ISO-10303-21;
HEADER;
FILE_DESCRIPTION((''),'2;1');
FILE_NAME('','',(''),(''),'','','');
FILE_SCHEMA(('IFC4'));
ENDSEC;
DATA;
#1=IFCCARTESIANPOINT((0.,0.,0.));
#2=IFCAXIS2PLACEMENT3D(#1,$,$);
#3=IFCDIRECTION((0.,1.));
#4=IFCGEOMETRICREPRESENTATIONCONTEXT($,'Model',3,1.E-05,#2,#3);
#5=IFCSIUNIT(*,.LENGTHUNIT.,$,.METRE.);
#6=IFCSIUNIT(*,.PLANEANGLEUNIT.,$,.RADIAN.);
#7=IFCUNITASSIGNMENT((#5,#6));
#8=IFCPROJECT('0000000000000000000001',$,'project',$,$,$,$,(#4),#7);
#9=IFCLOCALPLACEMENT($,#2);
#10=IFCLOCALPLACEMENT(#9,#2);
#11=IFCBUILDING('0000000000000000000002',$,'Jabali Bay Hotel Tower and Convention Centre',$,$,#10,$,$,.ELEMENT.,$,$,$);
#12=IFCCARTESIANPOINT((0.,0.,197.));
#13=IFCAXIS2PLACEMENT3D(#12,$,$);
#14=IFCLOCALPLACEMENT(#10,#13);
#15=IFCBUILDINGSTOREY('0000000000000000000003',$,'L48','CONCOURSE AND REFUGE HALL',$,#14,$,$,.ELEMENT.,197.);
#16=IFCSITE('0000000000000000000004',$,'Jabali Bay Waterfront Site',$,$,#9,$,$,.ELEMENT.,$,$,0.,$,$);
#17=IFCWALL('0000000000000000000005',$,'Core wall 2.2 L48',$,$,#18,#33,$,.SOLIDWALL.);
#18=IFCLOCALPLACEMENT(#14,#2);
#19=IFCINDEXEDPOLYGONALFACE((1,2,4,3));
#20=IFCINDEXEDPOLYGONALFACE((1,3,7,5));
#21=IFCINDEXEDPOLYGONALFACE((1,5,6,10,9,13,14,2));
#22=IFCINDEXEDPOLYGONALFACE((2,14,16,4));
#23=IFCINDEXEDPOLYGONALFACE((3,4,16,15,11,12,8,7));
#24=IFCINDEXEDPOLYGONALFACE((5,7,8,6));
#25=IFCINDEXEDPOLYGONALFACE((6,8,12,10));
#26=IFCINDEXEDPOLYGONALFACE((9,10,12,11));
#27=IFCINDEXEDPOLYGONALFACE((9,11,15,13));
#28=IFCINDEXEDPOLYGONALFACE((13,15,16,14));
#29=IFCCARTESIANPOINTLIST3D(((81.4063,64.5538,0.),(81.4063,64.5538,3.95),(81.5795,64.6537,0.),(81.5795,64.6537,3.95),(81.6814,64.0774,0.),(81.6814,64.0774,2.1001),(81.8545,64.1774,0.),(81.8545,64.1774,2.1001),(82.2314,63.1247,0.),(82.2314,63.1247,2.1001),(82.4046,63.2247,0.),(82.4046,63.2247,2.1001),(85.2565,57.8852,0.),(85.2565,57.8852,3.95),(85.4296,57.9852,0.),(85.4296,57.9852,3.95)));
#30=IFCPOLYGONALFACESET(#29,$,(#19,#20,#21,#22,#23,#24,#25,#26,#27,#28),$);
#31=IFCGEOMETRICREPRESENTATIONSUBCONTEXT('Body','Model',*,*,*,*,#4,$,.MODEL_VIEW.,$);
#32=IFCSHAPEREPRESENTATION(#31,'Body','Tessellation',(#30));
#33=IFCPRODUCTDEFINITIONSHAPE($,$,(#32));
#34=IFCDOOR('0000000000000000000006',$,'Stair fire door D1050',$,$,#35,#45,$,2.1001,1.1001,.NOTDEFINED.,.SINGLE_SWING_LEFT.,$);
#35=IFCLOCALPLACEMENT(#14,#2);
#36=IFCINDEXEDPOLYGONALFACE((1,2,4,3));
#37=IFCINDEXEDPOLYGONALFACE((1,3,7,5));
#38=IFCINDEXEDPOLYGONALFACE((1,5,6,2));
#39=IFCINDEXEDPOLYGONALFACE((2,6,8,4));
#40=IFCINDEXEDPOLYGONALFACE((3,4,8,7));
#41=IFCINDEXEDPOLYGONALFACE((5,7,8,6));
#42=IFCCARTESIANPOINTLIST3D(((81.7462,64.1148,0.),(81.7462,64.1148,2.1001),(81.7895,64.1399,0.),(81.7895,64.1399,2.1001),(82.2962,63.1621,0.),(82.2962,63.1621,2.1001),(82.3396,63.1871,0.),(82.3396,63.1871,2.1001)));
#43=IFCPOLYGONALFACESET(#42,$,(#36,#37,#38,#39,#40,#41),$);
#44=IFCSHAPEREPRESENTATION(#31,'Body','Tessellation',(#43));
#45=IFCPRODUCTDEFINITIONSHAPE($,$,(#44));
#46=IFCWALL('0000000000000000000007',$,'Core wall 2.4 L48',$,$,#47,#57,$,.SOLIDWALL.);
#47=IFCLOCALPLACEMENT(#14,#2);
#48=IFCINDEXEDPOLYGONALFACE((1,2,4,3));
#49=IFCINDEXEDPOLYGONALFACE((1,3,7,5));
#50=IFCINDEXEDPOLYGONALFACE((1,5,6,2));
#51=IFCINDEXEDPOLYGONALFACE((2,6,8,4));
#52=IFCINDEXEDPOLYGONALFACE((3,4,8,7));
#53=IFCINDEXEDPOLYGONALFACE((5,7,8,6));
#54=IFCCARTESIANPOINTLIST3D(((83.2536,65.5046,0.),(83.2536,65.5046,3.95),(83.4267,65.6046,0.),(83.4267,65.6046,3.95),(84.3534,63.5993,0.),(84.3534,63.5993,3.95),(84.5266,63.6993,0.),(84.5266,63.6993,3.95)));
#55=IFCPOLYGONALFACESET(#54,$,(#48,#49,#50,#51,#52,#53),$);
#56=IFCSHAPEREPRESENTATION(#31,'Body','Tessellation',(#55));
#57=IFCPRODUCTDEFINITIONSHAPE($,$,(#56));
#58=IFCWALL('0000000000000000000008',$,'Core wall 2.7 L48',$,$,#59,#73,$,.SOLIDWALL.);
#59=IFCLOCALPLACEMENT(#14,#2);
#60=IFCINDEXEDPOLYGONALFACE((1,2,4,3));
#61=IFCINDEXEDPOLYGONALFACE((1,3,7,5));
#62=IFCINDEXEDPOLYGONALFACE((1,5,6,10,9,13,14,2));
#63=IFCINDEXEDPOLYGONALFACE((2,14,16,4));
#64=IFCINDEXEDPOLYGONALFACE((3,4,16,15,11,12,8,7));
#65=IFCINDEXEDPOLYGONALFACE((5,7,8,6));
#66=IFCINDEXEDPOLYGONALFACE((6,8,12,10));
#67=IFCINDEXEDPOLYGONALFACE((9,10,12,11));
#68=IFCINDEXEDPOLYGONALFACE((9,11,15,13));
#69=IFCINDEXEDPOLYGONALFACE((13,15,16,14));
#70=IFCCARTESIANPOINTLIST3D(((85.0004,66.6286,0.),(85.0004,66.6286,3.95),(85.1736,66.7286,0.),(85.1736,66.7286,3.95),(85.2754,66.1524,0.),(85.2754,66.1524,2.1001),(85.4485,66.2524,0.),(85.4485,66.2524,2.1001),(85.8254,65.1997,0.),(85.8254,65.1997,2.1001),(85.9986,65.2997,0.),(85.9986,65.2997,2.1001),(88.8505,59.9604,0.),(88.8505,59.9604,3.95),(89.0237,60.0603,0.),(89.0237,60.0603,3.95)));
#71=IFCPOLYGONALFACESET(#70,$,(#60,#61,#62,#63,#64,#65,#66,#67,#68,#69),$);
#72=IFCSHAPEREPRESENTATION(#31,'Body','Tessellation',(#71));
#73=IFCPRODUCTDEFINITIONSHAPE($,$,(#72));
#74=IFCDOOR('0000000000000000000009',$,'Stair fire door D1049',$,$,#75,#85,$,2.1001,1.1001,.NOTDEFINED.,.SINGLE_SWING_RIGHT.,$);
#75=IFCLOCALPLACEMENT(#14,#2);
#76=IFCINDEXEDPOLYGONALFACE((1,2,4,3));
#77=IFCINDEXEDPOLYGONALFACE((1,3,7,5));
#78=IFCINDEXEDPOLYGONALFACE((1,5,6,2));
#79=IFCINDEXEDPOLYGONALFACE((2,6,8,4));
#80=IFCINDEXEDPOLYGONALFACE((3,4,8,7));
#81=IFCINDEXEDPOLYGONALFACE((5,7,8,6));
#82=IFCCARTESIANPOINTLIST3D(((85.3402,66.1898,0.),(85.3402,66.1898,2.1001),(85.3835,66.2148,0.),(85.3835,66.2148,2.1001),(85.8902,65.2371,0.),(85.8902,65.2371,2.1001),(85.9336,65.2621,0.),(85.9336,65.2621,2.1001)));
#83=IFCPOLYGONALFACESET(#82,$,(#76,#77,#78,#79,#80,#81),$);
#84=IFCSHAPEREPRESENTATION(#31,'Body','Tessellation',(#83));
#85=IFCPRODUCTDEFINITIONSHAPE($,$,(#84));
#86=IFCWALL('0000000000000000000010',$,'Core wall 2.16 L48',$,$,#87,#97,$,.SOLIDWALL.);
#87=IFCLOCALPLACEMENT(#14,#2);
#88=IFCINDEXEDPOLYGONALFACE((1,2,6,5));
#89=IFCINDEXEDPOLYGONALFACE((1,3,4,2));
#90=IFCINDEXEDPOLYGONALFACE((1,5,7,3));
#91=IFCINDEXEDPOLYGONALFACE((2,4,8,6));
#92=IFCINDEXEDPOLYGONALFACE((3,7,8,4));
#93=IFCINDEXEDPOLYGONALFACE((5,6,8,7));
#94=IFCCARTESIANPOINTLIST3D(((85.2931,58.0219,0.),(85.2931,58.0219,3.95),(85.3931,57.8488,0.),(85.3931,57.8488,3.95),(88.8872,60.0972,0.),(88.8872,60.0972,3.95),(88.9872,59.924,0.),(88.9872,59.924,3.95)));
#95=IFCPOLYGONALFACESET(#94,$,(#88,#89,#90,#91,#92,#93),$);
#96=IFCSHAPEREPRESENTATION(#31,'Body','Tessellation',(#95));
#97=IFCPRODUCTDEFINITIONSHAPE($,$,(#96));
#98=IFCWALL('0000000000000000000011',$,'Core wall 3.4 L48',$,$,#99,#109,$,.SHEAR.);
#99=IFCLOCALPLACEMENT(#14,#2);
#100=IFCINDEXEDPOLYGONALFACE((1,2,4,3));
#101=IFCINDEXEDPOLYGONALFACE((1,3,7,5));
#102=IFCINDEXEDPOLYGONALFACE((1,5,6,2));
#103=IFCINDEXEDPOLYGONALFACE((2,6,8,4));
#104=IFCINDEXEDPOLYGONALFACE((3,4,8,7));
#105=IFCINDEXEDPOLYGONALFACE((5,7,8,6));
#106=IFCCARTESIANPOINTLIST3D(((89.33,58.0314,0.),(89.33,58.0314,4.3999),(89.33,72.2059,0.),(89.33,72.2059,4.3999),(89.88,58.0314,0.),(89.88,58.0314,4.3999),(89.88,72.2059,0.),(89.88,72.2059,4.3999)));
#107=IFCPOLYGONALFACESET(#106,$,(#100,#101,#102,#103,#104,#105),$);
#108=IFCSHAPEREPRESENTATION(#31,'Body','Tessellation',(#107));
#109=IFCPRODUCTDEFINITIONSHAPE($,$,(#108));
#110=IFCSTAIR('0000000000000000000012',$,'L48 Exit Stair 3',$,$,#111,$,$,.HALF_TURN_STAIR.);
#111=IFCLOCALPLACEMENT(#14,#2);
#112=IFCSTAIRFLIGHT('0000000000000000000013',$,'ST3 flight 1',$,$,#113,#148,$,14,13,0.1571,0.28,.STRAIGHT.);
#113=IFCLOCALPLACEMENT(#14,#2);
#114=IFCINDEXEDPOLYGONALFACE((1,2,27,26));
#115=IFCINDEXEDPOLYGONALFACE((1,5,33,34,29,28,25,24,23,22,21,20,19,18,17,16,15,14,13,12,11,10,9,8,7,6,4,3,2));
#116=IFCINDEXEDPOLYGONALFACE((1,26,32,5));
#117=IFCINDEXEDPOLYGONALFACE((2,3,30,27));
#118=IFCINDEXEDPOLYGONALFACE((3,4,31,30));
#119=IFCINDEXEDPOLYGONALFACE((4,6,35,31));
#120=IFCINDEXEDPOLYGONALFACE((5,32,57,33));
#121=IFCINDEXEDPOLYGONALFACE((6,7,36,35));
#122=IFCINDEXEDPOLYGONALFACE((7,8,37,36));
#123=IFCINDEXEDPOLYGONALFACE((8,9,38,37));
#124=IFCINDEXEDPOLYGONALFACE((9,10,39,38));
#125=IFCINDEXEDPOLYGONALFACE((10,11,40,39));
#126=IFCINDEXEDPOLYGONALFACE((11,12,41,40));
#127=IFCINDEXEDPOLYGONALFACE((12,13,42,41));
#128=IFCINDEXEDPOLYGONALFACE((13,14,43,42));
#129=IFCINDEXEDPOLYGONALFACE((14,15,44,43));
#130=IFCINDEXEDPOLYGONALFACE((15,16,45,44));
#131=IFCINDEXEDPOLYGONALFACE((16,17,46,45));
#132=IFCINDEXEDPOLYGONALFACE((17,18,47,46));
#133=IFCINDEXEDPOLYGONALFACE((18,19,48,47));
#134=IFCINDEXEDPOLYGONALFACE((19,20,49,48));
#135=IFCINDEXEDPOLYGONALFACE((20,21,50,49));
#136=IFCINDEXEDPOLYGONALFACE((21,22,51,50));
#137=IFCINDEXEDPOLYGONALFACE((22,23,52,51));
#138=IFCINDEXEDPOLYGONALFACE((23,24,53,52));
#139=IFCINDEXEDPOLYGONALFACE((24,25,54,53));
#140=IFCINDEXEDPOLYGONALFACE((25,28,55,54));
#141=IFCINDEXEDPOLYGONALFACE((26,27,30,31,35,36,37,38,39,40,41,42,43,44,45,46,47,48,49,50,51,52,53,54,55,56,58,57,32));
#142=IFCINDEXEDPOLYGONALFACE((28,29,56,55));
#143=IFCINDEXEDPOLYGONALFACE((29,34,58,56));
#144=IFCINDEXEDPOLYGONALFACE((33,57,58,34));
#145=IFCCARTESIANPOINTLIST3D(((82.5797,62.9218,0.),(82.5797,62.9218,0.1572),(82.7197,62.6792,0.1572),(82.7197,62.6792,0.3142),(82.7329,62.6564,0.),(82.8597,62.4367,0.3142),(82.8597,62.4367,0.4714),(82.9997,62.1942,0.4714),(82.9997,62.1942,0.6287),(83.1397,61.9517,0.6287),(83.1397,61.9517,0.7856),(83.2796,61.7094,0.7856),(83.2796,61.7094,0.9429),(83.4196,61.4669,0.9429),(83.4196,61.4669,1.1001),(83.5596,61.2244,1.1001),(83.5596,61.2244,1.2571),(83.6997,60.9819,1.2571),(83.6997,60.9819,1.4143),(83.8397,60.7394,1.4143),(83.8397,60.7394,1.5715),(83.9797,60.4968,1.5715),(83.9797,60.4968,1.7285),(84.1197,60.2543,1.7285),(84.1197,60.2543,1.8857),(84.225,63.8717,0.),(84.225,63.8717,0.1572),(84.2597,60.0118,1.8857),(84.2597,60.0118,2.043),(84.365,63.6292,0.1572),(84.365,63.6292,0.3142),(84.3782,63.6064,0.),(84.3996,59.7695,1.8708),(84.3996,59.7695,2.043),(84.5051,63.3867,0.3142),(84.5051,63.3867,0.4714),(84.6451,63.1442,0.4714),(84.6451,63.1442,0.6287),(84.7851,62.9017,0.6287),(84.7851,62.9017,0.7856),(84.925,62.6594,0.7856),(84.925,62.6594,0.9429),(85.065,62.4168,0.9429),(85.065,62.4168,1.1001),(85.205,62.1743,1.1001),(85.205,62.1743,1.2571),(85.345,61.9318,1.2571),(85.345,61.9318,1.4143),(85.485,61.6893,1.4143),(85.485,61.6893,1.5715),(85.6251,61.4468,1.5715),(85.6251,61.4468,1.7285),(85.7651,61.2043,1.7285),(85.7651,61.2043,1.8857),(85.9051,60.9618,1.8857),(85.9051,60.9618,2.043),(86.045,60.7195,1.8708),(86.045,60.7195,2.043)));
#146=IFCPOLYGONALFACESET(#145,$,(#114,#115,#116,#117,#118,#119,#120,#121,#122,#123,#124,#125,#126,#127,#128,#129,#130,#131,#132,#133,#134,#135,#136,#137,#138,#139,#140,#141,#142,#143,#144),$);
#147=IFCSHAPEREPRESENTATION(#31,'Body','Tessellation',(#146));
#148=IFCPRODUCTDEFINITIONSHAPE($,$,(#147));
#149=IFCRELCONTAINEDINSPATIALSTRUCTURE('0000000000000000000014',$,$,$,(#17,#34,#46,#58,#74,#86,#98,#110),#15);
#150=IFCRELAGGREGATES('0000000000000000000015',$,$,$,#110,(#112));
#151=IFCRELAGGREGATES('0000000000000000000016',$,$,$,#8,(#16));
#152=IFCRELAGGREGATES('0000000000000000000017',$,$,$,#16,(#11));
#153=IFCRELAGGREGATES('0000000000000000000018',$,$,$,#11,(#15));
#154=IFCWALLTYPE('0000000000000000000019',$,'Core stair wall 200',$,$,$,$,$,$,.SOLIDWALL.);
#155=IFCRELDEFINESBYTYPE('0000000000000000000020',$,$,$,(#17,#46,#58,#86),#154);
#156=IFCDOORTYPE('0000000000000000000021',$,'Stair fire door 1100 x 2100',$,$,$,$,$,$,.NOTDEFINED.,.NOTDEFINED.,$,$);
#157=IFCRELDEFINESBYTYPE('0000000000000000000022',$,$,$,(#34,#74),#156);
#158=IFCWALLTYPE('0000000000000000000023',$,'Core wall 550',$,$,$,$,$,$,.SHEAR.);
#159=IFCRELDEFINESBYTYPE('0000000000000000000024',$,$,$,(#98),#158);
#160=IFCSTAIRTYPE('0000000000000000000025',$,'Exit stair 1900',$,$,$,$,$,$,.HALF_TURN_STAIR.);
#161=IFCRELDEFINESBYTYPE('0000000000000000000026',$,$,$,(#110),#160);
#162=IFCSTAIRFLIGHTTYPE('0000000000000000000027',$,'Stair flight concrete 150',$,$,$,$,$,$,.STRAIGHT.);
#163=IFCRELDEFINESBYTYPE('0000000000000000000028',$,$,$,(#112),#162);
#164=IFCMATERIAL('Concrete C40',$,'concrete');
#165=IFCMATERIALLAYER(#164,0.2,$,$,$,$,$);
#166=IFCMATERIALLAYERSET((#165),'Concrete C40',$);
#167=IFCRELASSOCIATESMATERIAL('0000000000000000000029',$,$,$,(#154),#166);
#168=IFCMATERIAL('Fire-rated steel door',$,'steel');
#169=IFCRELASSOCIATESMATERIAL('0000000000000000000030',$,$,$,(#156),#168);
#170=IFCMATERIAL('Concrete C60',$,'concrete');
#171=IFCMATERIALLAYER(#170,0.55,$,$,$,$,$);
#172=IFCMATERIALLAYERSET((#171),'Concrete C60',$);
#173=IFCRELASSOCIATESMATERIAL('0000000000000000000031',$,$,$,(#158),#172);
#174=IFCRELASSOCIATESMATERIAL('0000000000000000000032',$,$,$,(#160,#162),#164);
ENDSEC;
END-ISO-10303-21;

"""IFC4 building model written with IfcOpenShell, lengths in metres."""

from ifc_helpers import new_model, si_unit, direction, frame, frame_2d, origin, place, context, subcontext, project, spatial, polyline, rectangle, outline, extrude, material, layer, layer_set, type_object, element, fill, aggregate, save


model = new_model("IFC4")

# Units and contexts
model_context = context("Model", 3, precision=1e-05, world=origin(), true_north=direction((0.0, 1.0)))
body_context = subcontext(model_context, "Body", "Model", "MODEL_VIEW")
ifc_project = project(units=[si_unit("LENGTHUNIT", "METRE"), si_unit("PLANEANGLEUNIT", "RADIAN")], contexts=[model_context])

# Site, building, storey
site_placement = place(None, origin())
site = spatial("IfcSite", under=ifc_project, at=site_placement, Name="Jabali Bay Waterfront Site", CompositionType="ELEMENT", RefElevation=0.0)
building_placement = place(site_placement, origin())
building = spatial("IfcBuilding", under=site, at=building_placement, Name="Jabali Bay Hotel Tower and Convention Centre", CompositionType="ELEMENT")
storey_placement = place(building_placement, frame((0.0, 0.0, 197.0)))
storey = spatial("IfcBuildingStorey", under=building, at=storey_placement, Name="L48", Description="CONCOURSE AND REFUGE HALL", CompositionType="ELEMENT", Elevation=197.0)

# Shared definitions
ifc_material_1 = material(Name="Concrete C60", Category="concrete")

# Shared definitions
ifc_material_2 = material(Name="Concrete C40", Category="concrete")

# Wall, opening, door
ifc_layer_1 = layer(ifc_material_2, 0.2)
ifc_layer_set_1 = layer_set([ifc_layer_1], Name="Concrete C40")
wall_type_1 = type_object("IfcWallType", Name="Core stair wall 200", PredefinedType="SOLIDWALL", material=ifc_layer_set_1)
wall_1_placement = place(storey_placement, frame((81.4929, 64.6038, 0.0), z_axis=(0.0, 0.0, 1.0), x_axis=(0.500006, -0.866022, 0.0)))
wall_1 = element("IfcWall", 1, at=wall_1_placement, inside=storey, type_object=wall_type_1, Name="Core wall 2.2 L48", PredefinedType="SOLIDWALL", context=body_context, shape_type="SweptSolid", body=[
    extrude(rectangle(XDim=7.7002, YDim=0.2, at=frame_2d((3.8501, 0.0))), origin(), (0.0, 0.0, 1.0), 3.95),
])
opening_1_placement = place(wall_1_placement, frame((0.55, 0.0, 0.0)))
opening_1 = element("IfcOpeningElement", 2, at=opening_1_placement, cuts=wall_1, PredefinedType="OPENING", context=body_context, shape_type="SweptSolid", body=[
    extrude(rectangle(XDim=1.1001, YDim=2.1001, at=frame_2d((0.55, 1.05))), frame((0.0, 0.1104, 0.0), z_axis=(0.0, -1.0, 0.0), x_axis=(1.0, 0.0, 0.0)), (0.0, 0.0, 1.0), 0.2209),
])
ifc_material_3 = material(Name="Fire-rated steel door", Category="steel")
door_type = type_object("IfcDoorType", Name="Stair fire door 1100 x 2100", OperationType="NOTDEFINED", PredefinedType="NOTDEFINED", material=ifc_material_3)
door_1_placement = place(opening_1_placement, origin())
door_1 = element("IfcDoor", 3, at=door_1_placement, inside=storey, type_object=door_type, Name="Stair fire door D1050", OperationType="SINGLE_SWING_LEFT", OverallHeight=2.1001, OverallWidth=1.1001, PredefinedType="NOTDEFINED", context=body_context, shape_type="SweptSolid", body=[
    extrude(rectangle(XDim=1.1001, YDim=2.1001, at=frame_2d((0.55, 1.05))), frame((0.0, 0.0249, 0.0), z_axis=(0.0, -1.0, 0.0), x_axis=(1.0, 0.0, 0.0)), (0.0, 0.0, 1.0), 0.05),
])
fill(opening_1, door_1)

# Wall
wall_2_placement = place(storey_placement, frame((83.3401, 65.5547, 0.0), z_axis=(0.0, 0.0, 1.0), x_axis=(0.499947, -0.866056, 0.0)))
element("IfcWall", 4, at=wall_2_placement, inside=storey, type_object=wall_type_1, Name="Core wall 2.4 L48", PredefinedType="SOLIDWALL", context=body_context, shape_type="SweptSolid", body=[
    extrude(rectangle(XDim=2.2, YDim=0.2, at=frame_2d((1.1001, 0.0))), origin(), (0.0, 0.0, 1.0), 3.95),
])

# Wall, opening, door
wall_3_placement = place(storey_placement, frame((85.0869, 66.6787, 0.0), z_axis=(0.0, 0.0, 1.0), x_axis=(0.50002, -0.866014, 0.0)))
wall_3 = element("IfcWall", 5, at=wall_3_placement, inside=storey, type_object=wall_type_1, Name="Core wall 2.7 L48", PredefinedType="SOLIDWALL", context=body_context, shape_type="SweptSolid", body=[
    extrude(rectangle(XDim=7.7, YDim=0.2, at=frame_2d((3.8501, 0.0))), origin(), (0.0, 0.0, 1.0), 3.95),
])
opening_2_placement = place(wall_3_placement, frame((0.55, 0.0, 0.0)))
opening_2 = element("IfcOpeningElement", 6, at=opening_2_placement, cuts=wall_3, PredefinedType="OPENING", context=body_context, shape_type="SweptSolid", body=[
    extrude(rectangle(XDim=1.1001, YDim=2.1001, at=frame_2d((0.55, 1.05))), frame((0.0, 0.1104, 0.0), z_axis=(0.0, -1.0, 0.0), x_axis=(1.0, 0.0, 0.0)), (0.0, 0.0, 1.0), 0.2209),
])
door_2_placement = place(opening_2_placement, origin())
door_2 = element("IfcDoor", 7, at=door_2_placement, inside=storey, type_object=door_type, Name="Stair fire door D1049", OperationType="SINGLE_SWING_RIGHT", OverallHeight=2.1001, OverallWidth=1.1001, PredefinedType="NOTDEFINED", context=body_context, shape_type="SweptSolid", body=[
    extrude(rectangle(XDim=1.1001, YDim=2.1001, at=frame_2d((0.55, 1.05))), frame((0.0, 0.0249, 0.0), z_axis=(0.0, -1.0, 0.0), x_axis=(1.0, 0.0, 0.0)), (0.0, 0.0, 1.0), 0.05),
])
fill(opening_2, door_2)

# Walls
wall_4_placement = place(storey_placement, frame((85.343, 57.9353, 0.0), z_axis=(0.0, 0.0, 1.0), x_axis=(0.866004, 0.500036, 0.0)))
element("IfcWall", 8, at=wall_4_placement, inside=storey, type_object=wall_type_1, Name="Core wall 2.16 L48", PredefinedType="SOLIDWALL", context=body_context, shape_type="SweptSolid", body=[
    extrude(rectangle(XDim=4.1501, YDim=0.2, at=frame_2d((2.0752, 0.0))), origin(), (0.0, 0.0, 1.0), 3.95),
])
ifc_layer_2 = layer(ifc_material_1, 0.55)
ifc_layer_set_2 = layer_set([ifc_layer_2], Name="Concrete C60")
wall_type_2 = type_object("IfcWallType", Name="Core wall 550", PredefinedType="SHEAR", material=ifc_layer_set_2)
wall_5_placement = place(storey_placement, frame((89.605, 58.0312, 0.0), z_axis=(0.0, 0.0, 1.0), x_axis=(0.0, 1.0, 0.0)))
element("IfcWall", 9, at=wall_5_placement, inside=storey, type_object=wall_type_2, Name="Core wall 3.4 L48", PredefinedType="SHEAR", context=body_context, shape_type="SweptSolid", body=[
    extrude(rectangle(XDim=14.1746, YDim=0.55, at=frame_2d((7.0874, 0.0))), origin(), (0.0, 0.0, 1.0), 4.3999),
])

# Stair, stair flight
stair_type = type_object("IfcStairType", Name="Exit stair 1900", PredefinedType="HALF_TURN_STAIR", material=ifc_material_2)
stair_placement = place(storey_placement, origin())
stair = element("IfcStair", 10, at=stair_placement, inside=storey, type_object=stair_type, Name="L48 Exit Stair 3", PredefinedType="HALF_TURN_STAIR")
stair_flight_type = type_object("IfcStairFlightType", Name="Stair flight concrete 150", PredefinedType="STRAIGHT", material=ifc_material_2)
stair_flight_1_placement = place(storey_placement, frame((83.4023, 63.3967, 0.0), z_axis=(0.0, 0.0, 1.0), x_axis=(0.5, -0.866025, 0.0)))
stair_flight_1 = element("IfcStairFlight", 11, at=stair_flight_1_placement, type_object=stair_flight_type, Name="ST3 flight 1", NumberOfRisers=14, NumberOfTreads=13, PredefinedType="STRAIGHT", RiserHeight=0.1571, TreadLength=0.28, context=body_context, shape_type="SweptSolid", body=[
    extrude(outline(polyline([(0.0, 0.0), (0.0, 0.1572), (0.28, 0.1572), (0.28, 0.3142), (0.5601, 0.3142), (0.5601, 0.4714), (0.8401, 0.4714), (0.8401, 0.6287), (1.1201, 0.6287), (1.1201, 0.7856), (1.3999, 0.7856), (1.3999, 0.9429), (1.6799, 0.9429), (1.6799, 1.1001), (1.96, 1.1001), (1.96, 1.2571), (2.24, 1.2571), (2.24, 1.4143), (2.52, 1.4143), (2.52, 1.5715), (2.8, 1.5715), (2.8, 1.7285), (3.0801, 1.7285), (3.0801, 1.8857), (3.3601, 1.8857), (3.3601, 2.043), (3.6399, 2.043), (3.6399, 2.2), (3.6399, 1.8708), (0.3064, 0.0), (0.0, 0.0)])), frame((0.0, 0.95, 0.0), z_axis=(0.0, -1.0, 0.0), x_axis=(1.0, 0.0, 0.0)), (0.0, 0.0, 1.0), 1.8999),
])
aggregate(stair, [stair_flight_1])

save(model, "model.ifc")
